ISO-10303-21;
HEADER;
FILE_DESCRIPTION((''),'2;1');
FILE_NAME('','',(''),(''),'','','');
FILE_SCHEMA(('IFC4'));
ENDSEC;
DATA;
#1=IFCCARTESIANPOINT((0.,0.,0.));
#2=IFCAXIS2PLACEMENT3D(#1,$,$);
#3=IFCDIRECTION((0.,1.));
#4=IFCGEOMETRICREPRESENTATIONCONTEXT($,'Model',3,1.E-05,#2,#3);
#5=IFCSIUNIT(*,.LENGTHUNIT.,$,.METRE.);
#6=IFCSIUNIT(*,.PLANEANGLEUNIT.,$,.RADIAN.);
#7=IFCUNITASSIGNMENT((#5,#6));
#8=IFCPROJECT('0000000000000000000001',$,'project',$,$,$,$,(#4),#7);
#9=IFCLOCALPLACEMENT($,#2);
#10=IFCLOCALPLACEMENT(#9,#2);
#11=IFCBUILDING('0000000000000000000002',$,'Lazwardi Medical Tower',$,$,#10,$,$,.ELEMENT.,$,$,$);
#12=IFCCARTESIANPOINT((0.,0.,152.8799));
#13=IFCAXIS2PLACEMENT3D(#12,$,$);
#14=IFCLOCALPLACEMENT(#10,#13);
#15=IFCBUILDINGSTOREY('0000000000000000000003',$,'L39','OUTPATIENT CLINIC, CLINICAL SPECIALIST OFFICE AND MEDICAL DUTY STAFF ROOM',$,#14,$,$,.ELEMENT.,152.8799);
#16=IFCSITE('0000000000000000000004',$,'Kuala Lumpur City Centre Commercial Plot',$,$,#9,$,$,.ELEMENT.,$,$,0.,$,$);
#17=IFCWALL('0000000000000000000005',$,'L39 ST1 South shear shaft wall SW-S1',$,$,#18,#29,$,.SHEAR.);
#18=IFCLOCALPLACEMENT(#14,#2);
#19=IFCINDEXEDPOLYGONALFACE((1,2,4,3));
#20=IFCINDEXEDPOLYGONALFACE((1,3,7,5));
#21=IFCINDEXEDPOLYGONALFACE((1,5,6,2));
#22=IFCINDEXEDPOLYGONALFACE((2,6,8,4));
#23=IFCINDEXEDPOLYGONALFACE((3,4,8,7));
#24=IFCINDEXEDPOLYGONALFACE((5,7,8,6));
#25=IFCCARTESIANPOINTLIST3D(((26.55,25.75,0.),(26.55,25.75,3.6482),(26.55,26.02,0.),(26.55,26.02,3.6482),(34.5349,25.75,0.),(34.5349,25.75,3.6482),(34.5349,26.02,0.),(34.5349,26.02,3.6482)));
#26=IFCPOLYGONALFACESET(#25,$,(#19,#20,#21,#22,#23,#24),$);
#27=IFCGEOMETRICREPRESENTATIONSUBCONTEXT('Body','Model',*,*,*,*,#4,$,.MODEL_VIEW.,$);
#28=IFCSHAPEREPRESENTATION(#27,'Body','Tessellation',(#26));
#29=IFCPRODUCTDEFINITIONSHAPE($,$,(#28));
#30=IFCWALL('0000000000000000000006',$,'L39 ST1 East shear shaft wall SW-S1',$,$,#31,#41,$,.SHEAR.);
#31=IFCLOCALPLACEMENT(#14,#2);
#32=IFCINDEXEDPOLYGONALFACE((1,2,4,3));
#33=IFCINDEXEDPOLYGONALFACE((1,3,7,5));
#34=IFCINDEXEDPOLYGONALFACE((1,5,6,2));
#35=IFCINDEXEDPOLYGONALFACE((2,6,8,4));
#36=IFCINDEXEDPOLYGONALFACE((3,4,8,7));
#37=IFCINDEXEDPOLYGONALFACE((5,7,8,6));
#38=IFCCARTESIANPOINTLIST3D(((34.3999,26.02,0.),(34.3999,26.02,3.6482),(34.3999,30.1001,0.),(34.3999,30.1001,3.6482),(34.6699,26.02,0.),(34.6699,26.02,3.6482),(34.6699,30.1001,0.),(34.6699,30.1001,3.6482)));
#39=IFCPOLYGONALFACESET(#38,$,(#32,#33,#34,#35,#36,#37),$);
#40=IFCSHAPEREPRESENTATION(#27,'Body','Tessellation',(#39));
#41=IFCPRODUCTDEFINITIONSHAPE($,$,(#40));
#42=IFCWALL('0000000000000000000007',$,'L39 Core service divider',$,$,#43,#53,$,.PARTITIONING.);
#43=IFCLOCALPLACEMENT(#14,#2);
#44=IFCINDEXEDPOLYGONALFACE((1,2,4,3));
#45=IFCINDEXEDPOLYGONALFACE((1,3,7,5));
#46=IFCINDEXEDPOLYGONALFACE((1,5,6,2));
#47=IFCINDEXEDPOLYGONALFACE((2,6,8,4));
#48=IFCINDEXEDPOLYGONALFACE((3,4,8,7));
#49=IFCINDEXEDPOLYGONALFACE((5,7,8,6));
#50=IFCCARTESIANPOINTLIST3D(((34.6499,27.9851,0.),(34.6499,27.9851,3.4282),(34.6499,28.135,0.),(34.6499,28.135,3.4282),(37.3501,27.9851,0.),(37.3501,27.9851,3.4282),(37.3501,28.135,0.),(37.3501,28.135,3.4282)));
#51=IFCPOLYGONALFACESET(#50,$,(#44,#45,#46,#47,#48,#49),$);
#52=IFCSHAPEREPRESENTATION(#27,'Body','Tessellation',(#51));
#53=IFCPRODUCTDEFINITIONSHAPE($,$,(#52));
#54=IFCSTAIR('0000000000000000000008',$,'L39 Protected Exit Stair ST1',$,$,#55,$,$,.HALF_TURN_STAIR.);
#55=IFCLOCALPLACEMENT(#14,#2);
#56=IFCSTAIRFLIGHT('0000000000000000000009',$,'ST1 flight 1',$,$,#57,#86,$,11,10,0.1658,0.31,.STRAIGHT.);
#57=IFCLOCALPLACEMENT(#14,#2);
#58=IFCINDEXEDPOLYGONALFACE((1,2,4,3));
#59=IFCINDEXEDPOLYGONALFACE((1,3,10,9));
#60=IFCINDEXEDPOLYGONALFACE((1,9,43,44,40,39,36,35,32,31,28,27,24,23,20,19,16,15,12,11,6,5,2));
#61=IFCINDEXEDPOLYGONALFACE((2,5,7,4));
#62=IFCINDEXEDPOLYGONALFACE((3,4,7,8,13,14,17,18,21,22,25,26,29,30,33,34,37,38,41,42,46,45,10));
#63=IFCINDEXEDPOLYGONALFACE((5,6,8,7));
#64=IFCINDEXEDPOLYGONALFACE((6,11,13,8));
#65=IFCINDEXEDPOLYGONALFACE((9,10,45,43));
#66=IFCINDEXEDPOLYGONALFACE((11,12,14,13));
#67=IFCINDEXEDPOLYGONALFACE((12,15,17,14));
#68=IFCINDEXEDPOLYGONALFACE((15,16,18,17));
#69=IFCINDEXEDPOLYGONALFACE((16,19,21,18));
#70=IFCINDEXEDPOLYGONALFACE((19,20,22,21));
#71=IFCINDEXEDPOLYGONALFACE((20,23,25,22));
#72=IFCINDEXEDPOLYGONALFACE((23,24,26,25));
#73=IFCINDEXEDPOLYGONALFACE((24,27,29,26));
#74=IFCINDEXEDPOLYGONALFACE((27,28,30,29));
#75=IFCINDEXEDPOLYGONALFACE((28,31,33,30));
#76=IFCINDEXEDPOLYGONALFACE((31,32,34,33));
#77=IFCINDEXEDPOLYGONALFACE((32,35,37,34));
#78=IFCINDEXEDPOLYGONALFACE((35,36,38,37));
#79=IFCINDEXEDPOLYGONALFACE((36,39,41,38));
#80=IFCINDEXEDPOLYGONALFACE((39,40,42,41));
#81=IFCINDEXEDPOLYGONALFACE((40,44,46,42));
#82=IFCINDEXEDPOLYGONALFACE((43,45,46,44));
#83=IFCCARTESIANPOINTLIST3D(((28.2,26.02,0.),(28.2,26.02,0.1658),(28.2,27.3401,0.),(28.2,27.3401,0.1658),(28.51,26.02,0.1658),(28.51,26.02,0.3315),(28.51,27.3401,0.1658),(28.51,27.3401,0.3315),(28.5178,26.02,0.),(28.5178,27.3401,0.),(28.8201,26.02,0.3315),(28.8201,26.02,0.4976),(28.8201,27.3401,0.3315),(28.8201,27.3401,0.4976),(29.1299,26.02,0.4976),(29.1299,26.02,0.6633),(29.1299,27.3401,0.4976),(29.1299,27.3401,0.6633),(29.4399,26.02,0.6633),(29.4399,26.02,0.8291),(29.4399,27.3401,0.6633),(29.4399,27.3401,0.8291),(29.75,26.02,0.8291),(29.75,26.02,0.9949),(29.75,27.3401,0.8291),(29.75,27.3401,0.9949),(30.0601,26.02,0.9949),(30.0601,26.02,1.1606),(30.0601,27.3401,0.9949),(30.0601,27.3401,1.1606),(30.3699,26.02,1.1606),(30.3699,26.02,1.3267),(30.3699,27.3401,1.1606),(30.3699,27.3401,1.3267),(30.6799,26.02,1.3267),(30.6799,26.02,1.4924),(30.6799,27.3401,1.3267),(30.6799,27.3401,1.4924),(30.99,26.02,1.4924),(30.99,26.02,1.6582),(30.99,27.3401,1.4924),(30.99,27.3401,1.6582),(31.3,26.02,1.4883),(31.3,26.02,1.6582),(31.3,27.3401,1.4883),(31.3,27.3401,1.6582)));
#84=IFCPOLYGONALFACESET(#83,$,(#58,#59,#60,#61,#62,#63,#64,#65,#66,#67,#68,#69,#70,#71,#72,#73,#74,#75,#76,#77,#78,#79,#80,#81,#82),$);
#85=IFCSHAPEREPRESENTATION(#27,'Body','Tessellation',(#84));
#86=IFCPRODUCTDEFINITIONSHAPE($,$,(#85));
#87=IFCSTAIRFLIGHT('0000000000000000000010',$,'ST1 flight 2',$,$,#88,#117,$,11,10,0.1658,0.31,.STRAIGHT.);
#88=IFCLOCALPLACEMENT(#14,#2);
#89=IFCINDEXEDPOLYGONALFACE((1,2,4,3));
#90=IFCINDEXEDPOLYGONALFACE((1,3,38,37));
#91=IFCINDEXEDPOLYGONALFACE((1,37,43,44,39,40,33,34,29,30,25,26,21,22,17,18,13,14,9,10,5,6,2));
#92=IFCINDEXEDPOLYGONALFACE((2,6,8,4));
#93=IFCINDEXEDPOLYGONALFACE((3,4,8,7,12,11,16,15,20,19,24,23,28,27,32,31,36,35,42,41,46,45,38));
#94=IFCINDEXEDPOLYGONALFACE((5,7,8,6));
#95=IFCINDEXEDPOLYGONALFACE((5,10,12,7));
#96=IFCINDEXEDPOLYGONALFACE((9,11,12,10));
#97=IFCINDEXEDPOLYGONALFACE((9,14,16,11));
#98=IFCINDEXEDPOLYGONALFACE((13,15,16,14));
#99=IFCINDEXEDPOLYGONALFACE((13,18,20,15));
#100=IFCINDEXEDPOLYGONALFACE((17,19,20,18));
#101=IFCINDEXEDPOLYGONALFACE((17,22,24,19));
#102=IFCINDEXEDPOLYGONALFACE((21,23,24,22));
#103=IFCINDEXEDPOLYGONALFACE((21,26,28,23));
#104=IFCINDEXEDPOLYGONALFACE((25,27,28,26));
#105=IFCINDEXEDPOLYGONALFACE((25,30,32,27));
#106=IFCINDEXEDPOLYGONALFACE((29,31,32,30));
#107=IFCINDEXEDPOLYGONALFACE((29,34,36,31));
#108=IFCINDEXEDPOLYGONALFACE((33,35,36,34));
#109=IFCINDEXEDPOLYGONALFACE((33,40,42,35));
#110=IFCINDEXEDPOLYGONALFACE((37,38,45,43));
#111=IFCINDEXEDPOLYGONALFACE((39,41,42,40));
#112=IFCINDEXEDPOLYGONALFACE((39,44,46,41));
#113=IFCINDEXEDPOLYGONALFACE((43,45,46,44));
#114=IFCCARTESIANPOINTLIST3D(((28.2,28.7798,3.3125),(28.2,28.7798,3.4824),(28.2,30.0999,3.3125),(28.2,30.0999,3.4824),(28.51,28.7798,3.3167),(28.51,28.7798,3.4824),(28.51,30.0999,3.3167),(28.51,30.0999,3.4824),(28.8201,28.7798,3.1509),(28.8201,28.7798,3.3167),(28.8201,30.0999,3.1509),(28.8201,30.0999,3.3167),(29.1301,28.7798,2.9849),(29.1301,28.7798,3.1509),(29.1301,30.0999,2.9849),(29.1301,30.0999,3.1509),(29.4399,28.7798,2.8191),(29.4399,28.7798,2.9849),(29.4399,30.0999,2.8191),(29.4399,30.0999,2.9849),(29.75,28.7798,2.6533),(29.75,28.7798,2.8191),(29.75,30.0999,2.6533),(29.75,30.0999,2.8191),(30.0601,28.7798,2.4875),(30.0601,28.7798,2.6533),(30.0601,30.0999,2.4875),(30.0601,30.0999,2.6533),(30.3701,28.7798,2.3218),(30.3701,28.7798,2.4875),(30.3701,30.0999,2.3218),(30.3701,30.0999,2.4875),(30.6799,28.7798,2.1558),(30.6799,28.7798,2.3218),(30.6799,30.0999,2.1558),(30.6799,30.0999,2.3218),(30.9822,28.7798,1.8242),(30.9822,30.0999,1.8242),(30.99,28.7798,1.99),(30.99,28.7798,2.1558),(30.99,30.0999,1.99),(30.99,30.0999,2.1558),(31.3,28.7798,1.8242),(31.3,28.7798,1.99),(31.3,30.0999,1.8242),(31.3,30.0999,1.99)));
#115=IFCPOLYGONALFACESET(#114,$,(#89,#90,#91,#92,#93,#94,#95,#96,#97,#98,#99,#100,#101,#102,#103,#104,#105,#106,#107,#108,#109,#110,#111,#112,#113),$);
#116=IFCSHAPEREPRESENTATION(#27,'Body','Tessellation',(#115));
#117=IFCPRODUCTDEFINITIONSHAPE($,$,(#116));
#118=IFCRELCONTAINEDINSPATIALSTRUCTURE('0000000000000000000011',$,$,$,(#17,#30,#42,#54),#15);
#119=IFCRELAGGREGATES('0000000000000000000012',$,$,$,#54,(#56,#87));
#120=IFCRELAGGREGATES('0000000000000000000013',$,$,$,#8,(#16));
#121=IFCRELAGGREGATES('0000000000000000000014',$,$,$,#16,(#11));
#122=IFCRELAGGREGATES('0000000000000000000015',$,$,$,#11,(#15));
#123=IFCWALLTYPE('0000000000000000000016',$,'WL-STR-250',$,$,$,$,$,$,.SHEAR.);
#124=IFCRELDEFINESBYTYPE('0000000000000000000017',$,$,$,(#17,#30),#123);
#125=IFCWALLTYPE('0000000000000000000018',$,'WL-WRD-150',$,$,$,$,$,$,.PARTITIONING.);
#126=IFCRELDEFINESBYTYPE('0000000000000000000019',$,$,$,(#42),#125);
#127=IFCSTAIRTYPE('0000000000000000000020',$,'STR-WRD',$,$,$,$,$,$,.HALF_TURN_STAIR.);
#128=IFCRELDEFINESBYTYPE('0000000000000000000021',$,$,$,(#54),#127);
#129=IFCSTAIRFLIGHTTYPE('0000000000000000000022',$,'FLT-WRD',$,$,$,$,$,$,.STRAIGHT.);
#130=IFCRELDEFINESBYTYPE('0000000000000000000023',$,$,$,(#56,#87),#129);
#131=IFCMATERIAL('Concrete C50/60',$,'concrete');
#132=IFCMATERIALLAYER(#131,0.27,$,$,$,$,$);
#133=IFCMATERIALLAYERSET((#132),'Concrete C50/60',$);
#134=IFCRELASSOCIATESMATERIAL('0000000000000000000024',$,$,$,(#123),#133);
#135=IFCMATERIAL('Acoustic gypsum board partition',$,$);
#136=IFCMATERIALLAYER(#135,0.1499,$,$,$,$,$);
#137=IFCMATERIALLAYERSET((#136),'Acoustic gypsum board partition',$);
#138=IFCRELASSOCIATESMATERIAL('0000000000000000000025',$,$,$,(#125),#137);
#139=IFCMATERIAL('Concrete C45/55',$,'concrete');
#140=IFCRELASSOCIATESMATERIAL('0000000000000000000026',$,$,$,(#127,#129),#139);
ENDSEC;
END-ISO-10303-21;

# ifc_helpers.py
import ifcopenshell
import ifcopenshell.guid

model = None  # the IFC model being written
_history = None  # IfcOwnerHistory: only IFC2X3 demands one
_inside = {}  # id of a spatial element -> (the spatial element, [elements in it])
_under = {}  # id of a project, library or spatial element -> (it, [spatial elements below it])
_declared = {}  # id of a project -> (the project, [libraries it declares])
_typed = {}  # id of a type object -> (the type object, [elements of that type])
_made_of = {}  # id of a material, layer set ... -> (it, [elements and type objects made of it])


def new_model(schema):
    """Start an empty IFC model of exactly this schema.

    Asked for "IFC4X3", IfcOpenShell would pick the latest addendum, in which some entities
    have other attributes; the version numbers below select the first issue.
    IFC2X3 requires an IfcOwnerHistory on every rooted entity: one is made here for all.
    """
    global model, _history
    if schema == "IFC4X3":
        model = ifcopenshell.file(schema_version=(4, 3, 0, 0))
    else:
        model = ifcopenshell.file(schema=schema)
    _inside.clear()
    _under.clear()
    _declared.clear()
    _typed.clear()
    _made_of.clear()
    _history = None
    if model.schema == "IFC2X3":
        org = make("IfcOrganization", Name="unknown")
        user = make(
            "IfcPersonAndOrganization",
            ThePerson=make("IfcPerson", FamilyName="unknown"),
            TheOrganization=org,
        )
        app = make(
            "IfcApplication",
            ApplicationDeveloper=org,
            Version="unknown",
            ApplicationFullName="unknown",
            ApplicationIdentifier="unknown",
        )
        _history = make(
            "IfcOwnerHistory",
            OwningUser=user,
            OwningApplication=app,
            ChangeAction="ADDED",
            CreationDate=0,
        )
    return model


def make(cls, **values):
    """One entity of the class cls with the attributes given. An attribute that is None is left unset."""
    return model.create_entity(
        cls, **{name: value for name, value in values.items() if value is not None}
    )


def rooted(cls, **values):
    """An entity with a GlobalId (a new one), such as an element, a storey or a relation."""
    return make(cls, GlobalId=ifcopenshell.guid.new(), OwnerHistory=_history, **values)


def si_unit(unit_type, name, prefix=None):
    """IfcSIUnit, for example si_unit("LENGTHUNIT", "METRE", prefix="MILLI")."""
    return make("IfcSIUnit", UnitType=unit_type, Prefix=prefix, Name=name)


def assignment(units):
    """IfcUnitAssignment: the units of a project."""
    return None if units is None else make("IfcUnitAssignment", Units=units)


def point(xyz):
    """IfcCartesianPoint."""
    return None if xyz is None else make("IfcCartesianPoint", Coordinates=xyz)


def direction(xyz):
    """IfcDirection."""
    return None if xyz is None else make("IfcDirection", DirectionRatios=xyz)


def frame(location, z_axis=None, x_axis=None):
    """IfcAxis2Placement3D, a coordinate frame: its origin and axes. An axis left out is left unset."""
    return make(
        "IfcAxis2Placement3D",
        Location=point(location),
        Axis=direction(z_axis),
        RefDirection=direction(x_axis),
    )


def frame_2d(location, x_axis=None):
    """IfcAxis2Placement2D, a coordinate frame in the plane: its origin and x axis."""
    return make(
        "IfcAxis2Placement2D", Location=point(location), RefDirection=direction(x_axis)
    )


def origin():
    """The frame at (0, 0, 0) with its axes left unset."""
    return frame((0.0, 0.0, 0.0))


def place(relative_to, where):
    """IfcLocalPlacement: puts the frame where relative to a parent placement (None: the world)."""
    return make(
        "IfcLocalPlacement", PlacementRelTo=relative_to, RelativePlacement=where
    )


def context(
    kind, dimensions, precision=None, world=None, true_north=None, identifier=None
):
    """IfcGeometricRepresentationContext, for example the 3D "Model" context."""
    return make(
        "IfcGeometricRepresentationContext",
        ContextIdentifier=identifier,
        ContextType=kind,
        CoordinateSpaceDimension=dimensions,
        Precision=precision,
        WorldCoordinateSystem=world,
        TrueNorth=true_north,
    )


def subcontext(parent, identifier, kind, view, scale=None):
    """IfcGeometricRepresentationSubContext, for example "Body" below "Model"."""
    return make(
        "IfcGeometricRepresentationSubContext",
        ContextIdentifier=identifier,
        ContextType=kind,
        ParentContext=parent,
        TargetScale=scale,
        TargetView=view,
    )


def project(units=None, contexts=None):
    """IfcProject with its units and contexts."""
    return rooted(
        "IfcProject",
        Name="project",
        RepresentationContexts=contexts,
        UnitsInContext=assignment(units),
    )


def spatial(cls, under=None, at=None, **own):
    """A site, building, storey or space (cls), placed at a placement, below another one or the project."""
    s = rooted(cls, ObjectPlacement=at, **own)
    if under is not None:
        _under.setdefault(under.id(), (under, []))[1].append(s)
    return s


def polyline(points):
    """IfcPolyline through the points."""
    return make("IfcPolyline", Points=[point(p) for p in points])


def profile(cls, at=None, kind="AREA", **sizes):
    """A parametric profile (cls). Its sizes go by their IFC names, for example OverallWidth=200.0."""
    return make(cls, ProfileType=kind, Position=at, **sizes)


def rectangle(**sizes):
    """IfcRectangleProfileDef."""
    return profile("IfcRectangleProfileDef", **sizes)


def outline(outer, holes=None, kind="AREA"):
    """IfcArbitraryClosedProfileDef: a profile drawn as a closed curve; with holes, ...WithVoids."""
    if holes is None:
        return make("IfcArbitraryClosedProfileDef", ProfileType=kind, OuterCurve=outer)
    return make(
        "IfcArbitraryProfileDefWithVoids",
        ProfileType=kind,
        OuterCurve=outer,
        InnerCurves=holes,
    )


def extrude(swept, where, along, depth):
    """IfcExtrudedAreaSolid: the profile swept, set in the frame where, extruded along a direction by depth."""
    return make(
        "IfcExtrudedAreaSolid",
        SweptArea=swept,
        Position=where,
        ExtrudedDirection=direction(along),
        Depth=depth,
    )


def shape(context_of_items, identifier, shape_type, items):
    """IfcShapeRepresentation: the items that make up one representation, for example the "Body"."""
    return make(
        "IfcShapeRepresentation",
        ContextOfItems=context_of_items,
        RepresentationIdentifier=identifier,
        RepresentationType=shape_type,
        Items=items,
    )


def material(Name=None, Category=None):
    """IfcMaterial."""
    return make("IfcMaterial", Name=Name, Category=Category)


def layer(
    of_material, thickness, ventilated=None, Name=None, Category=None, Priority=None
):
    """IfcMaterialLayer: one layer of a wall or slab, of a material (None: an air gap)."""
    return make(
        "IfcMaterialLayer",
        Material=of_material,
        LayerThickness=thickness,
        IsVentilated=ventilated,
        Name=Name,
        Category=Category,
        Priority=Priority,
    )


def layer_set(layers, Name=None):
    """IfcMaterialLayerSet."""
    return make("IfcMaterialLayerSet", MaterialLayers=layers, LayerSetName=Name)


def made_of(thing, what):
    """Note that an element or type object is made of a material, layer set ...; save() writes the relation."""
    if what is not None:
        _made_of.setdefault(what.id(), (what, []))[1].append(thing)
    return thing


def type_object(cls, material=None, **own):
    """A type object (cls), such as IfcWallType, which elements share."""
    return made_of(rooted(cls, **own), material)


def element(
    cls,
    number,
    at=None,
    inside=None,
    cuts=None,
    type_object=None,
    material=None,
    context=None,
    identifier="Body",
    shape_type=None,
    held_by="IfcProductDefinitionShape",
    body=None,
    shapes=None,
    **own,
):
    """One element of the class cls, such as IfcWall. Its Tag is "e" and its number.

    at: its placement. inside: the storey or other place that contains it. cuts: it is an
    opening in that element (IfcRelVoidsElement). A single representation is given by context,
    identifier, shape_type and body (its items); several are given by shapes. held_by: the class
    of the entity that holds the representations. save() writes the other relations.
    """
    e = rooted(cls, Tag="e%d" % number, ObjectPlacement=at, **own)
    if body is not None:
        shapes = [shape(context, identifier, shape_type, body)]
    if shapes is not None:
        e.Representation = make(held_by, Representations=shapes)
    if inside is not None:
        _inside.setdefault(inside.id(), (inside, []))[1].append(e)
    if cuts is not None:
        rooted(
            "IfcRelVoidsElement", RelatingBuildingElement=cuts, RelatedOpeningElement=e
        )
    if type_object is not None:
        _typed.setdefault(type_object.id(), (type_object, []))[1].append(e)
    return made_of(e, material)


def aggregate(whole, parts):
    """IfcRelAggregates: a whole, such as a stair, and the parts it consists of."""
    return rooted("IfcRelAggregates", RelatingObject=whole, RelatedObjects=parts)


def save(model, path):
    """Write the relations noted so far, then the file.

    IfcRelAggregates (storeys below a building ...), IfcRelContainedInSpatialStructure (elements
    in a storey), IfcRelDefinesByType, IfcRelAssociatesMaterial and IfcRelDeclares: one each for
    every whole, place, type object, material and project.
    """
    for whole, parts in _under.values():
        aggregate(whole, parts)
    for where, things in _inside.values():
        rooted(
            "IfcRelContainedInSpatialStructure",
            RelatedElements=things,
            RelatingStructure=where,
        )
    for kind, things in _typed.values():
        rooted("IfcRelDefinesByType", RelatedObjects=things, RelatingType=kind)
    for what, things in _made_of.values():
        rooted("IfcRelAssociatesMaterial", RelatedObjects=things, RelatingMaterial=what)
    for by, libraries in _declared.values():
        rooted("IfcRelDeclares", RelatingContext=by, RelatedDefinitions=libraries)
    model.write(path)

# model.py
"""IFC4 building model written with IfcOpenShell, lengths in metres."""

from ifc_helpers import new_model, si_unit, direction, frame, frame_2d, origin, place, context, subcontext, project, spatial, polyline, rectangle, outline, extrude, material, layer, layer_set, type_object, element, aggregate, save


model = new_model("IFC4")

# Units and contexts
model_context = context("Model", 3, precision=1e-05, world=origin(), true_north=direction((0.0, 1.0)))
body_context = subcontext(model_context, "Body", "Model", "MODEL_VIEW")
ifc_project = project(units=[si_unit("LENGTHUNIT", "METRE"), si_unit("PLANEANGLEUNIT", "RADIAN")], contexts=[model_context])

# Site, building, storey
site_placement = place(None, origin())
site = spatial("IfcSite", under=ifc_project, at=site_placement, Name="Kuala Lumpur City Centre Commercial Plot", CompositionType="ELEMENT", RefElevation=0.0)
building_placement = place(site_placement, origin())
building = spatial("IfcBuilding", under=site, at=building_placement, Name="Lazwardi Medical Tower", CompositionType="ELEMENT")
storey_placement = place(building_placement, frame((0.0, 0.0, 152.8799)))
storey = spatial("IfcBuildingStorey", under=building, at=storey_placement, Name="L39", Description="OUTPATIENT CLINIC, CLINICAL SPECIALIST OFFICE AND MEDICAL DUTY STAFF ROOM", CompositionType="ELEMENT", Elevation=152.8799)

# Wall
ifc_material_1 = material(Name="Concrete C50/60", Category="concrete")
ifc_layer_1 = layer(ifc_material_1, 0.27)
ifc_layer_set_1 = layer_set([ifc_layer_1], Name="Concrete C50/60")
wall_type_1 = type_object("IfcWallType", Name="WL-STR-250", PredefinedType="SHEAR", material=ifc_layer_set_1)
wall_1_placement = place(storey_placement, frame((26.55, 25.885, 0.0), z_axis=(0.0, 0.0, 1.0), x_axis=(1.0, 0.0, 0.0)))
element("IfcWall", 1, at=wall_1_placement, inside=storey, type_object=wall_type_1, Name="L39 ST1 South shear shaft wall SW-S1", PredefinedType="SHEAR", context=body_context, shape_type="SweptSolid", body=[
    extrude(rectangle(XDim=7.9849, YDim=0.27, at=frame_2d((3.9924, 0.0))), origin(), (0.0, 0.0, 1.0), 3.6482),
])

# Walls
wall_2_placement = place(storey_placement, frame((34.5349, 26.02, 0.0), z_axis=(0.0, 0.0, 1.0), x_axis=(0.0, 1.0, 0.0)))
element("IfcWall", 2, at=wall_2_placement, inside=storey, type_object=wall_type_1, Name="L39 ST1 East shear shaft wall SW-S1", PredefinedType="SHEAR", context=body_context, shape_type="SweptSolid", body=[
    extrude(rectangle(XDim=4.0801, YDim=0.27, at=frame_2d((2.04, 0.0))), origin(), (0.0, 0.0, 1.0), 3.6482),
])
ifc_material_2 = material(Name="Acoustic gypsum board partition")
ifc_layer_2 = layer(ifc_material_2, 0.1499)
ifc_layer_set_2 = layer_set([ifc_layer_2], Name="Acoustic gypsum board partition")
wall_type_2 = type_object("IfcWallType", Name="WL-WRD-150", PredefinedType="PARTITIONING", material=ifc_layer_set_2)
wall_3_placement = place(storey_placement, frame((34.6499, 28.0601, 0.0), z_axis=(0.0, 0.0, 1.0), x_axis=(1.0, 0.0, 0.0)))
element("IfcWall", 3, at=wall_3_placement, inside=storey, type_object=wall_type_2, Name="L39 Core service divider", PredefinedType="PARTITIONING", context=body_context, shape_type="SweptSolid", body=[
    extrude(rectangle(XDim=2.7002, YDim=0.1499, at=frame_2d((1.3501, 0.0))), origin(), (0.0, 0.0, 1.0), 3.4282),
])

# Stair, stair flights
ifc_material_3 = material(Name="Concrete C45/55", Category="concrete")
stair_type = type_object("IfcStairType", Name="STR-WRD", PredefinedType="HALF_TURN_STAIR", material=ifc_material_3)
stair_placement = place(storey_placement, origin())
stair = element("IfcStair", 4, at=stair_placement, inside=storey, type_object=stair_type, Name="L39 Protected Exit Stair ST1", PredefinedType="HALF_TURN_STAIR")
stair_flight_type = type_object("IfcStairFlightType", Name="FLT-WRD", PredefinedType="STRAIGHT", material=ifc_material_3)
stair_flight_1_placement = place(storey_placement, frame((28.2, 26.6799, 0.0), z_axis=(0.0, 0.0, 1.0), x_axis=(1.0, 0.0, 0.0)))
stair_flight_1 = element("IfcStairFlight", 5, at=stair_flight_1_placement, type_object=stair_flight_type, Name="ST1 flight 1", NumberOfRisers=11, NumberOfTreads=10, PredefinedType="STRAIGHT", RiserHeight=0.1658, TreadLength=0.31, context=body_context, shape_type="SweptSolid", body=[
    extrude(outline(polyline([(0.0, 0.0), (0.0, 0.1658), (0.3101, 0.1658), (0.3101, 0.3315), (0.6201, 0.3315), (0.6201, 0.4976), (0.9299, 0.4976), (0.9299, 0.6633), (1.24, 0.6633), (1.24, 0.8291), (1.55, 0.8291), (1.55, 0.9949), (1.8601, 0.9949), (1.8601, 1.1606), (2.1699, 1.1606), (2.1699, 1.3267), (2.48, 1.3267), (2.48, 1.4924), (2.79, 1.4924), (2.79, 1.6582), (3.1001, 1.6582), (3.1001, 1.824), (3.1001, 1.4883), (0.3179, 0.0), (0.0, 0.0)])), frame((0.0, 0.6602, 0.0), z_axis=(0.0, -1.0, 0.0), x_axis=(1.0, 0.0, 0.0)), (0.0, 0.0, 1.0), 1.3201),
])
stair_flight_2_placement = place(storey_placement, frame((31.3, 29.4399, 1.8242), z_axis=(0.0, 0.0, 1.0), x_axis=(-1.0, 0.0, 0.0)))
stair_flight_2 = element("IfcStairFlight", 6, at=stair_flight_2_placement, type_object=stair_flight_type, Name="ST1 flight 2", NumberOfRisers=11, NumberOfTreads=10, PredefinedType="STRAIGHT", RiserHeight=0.1658, TreadLength=0.31, context=body_context, shape_type="SweptSolid", body=[
    extrude(outline(polyline([(0.0, 0.0), (0.0, 0.1658), (0.3101, 0.1658), (0.3101, 0.3315), (0.6201, 0.3315), (0.6201, 0.4976), (0.9299, 0.4976), (0.9299, 0.6633), (1.24, 0.6633), (1.24, 0.8291), (1.55, 0.8291), (1.55, 0.9949), (1.8601, 0.9949), (1.8601, 1.1606), (2.1699, 1.1606), (2.1699, 1.3267), (2.48, 1.3267), (2.48, 1.4924), (2.79, 1.4924), (2.79, 1.6582), (3.1001, 1.6582), (3.1001, 1.824), (3.1001, 1.4883), (0.3179, 0.0), (0.0, 0.0)])), frame((0.0, 0.6602, 0.0), z_axis=(0.0, -1.0, 0.0), x_axis=(1.0, 0.0, 0.0)), (0.0, 0.0, 1.0), 1.3201),
])
aggregate(stair, [stair_flight_1, stair_flight_2])

save(model, "model.ifc")
